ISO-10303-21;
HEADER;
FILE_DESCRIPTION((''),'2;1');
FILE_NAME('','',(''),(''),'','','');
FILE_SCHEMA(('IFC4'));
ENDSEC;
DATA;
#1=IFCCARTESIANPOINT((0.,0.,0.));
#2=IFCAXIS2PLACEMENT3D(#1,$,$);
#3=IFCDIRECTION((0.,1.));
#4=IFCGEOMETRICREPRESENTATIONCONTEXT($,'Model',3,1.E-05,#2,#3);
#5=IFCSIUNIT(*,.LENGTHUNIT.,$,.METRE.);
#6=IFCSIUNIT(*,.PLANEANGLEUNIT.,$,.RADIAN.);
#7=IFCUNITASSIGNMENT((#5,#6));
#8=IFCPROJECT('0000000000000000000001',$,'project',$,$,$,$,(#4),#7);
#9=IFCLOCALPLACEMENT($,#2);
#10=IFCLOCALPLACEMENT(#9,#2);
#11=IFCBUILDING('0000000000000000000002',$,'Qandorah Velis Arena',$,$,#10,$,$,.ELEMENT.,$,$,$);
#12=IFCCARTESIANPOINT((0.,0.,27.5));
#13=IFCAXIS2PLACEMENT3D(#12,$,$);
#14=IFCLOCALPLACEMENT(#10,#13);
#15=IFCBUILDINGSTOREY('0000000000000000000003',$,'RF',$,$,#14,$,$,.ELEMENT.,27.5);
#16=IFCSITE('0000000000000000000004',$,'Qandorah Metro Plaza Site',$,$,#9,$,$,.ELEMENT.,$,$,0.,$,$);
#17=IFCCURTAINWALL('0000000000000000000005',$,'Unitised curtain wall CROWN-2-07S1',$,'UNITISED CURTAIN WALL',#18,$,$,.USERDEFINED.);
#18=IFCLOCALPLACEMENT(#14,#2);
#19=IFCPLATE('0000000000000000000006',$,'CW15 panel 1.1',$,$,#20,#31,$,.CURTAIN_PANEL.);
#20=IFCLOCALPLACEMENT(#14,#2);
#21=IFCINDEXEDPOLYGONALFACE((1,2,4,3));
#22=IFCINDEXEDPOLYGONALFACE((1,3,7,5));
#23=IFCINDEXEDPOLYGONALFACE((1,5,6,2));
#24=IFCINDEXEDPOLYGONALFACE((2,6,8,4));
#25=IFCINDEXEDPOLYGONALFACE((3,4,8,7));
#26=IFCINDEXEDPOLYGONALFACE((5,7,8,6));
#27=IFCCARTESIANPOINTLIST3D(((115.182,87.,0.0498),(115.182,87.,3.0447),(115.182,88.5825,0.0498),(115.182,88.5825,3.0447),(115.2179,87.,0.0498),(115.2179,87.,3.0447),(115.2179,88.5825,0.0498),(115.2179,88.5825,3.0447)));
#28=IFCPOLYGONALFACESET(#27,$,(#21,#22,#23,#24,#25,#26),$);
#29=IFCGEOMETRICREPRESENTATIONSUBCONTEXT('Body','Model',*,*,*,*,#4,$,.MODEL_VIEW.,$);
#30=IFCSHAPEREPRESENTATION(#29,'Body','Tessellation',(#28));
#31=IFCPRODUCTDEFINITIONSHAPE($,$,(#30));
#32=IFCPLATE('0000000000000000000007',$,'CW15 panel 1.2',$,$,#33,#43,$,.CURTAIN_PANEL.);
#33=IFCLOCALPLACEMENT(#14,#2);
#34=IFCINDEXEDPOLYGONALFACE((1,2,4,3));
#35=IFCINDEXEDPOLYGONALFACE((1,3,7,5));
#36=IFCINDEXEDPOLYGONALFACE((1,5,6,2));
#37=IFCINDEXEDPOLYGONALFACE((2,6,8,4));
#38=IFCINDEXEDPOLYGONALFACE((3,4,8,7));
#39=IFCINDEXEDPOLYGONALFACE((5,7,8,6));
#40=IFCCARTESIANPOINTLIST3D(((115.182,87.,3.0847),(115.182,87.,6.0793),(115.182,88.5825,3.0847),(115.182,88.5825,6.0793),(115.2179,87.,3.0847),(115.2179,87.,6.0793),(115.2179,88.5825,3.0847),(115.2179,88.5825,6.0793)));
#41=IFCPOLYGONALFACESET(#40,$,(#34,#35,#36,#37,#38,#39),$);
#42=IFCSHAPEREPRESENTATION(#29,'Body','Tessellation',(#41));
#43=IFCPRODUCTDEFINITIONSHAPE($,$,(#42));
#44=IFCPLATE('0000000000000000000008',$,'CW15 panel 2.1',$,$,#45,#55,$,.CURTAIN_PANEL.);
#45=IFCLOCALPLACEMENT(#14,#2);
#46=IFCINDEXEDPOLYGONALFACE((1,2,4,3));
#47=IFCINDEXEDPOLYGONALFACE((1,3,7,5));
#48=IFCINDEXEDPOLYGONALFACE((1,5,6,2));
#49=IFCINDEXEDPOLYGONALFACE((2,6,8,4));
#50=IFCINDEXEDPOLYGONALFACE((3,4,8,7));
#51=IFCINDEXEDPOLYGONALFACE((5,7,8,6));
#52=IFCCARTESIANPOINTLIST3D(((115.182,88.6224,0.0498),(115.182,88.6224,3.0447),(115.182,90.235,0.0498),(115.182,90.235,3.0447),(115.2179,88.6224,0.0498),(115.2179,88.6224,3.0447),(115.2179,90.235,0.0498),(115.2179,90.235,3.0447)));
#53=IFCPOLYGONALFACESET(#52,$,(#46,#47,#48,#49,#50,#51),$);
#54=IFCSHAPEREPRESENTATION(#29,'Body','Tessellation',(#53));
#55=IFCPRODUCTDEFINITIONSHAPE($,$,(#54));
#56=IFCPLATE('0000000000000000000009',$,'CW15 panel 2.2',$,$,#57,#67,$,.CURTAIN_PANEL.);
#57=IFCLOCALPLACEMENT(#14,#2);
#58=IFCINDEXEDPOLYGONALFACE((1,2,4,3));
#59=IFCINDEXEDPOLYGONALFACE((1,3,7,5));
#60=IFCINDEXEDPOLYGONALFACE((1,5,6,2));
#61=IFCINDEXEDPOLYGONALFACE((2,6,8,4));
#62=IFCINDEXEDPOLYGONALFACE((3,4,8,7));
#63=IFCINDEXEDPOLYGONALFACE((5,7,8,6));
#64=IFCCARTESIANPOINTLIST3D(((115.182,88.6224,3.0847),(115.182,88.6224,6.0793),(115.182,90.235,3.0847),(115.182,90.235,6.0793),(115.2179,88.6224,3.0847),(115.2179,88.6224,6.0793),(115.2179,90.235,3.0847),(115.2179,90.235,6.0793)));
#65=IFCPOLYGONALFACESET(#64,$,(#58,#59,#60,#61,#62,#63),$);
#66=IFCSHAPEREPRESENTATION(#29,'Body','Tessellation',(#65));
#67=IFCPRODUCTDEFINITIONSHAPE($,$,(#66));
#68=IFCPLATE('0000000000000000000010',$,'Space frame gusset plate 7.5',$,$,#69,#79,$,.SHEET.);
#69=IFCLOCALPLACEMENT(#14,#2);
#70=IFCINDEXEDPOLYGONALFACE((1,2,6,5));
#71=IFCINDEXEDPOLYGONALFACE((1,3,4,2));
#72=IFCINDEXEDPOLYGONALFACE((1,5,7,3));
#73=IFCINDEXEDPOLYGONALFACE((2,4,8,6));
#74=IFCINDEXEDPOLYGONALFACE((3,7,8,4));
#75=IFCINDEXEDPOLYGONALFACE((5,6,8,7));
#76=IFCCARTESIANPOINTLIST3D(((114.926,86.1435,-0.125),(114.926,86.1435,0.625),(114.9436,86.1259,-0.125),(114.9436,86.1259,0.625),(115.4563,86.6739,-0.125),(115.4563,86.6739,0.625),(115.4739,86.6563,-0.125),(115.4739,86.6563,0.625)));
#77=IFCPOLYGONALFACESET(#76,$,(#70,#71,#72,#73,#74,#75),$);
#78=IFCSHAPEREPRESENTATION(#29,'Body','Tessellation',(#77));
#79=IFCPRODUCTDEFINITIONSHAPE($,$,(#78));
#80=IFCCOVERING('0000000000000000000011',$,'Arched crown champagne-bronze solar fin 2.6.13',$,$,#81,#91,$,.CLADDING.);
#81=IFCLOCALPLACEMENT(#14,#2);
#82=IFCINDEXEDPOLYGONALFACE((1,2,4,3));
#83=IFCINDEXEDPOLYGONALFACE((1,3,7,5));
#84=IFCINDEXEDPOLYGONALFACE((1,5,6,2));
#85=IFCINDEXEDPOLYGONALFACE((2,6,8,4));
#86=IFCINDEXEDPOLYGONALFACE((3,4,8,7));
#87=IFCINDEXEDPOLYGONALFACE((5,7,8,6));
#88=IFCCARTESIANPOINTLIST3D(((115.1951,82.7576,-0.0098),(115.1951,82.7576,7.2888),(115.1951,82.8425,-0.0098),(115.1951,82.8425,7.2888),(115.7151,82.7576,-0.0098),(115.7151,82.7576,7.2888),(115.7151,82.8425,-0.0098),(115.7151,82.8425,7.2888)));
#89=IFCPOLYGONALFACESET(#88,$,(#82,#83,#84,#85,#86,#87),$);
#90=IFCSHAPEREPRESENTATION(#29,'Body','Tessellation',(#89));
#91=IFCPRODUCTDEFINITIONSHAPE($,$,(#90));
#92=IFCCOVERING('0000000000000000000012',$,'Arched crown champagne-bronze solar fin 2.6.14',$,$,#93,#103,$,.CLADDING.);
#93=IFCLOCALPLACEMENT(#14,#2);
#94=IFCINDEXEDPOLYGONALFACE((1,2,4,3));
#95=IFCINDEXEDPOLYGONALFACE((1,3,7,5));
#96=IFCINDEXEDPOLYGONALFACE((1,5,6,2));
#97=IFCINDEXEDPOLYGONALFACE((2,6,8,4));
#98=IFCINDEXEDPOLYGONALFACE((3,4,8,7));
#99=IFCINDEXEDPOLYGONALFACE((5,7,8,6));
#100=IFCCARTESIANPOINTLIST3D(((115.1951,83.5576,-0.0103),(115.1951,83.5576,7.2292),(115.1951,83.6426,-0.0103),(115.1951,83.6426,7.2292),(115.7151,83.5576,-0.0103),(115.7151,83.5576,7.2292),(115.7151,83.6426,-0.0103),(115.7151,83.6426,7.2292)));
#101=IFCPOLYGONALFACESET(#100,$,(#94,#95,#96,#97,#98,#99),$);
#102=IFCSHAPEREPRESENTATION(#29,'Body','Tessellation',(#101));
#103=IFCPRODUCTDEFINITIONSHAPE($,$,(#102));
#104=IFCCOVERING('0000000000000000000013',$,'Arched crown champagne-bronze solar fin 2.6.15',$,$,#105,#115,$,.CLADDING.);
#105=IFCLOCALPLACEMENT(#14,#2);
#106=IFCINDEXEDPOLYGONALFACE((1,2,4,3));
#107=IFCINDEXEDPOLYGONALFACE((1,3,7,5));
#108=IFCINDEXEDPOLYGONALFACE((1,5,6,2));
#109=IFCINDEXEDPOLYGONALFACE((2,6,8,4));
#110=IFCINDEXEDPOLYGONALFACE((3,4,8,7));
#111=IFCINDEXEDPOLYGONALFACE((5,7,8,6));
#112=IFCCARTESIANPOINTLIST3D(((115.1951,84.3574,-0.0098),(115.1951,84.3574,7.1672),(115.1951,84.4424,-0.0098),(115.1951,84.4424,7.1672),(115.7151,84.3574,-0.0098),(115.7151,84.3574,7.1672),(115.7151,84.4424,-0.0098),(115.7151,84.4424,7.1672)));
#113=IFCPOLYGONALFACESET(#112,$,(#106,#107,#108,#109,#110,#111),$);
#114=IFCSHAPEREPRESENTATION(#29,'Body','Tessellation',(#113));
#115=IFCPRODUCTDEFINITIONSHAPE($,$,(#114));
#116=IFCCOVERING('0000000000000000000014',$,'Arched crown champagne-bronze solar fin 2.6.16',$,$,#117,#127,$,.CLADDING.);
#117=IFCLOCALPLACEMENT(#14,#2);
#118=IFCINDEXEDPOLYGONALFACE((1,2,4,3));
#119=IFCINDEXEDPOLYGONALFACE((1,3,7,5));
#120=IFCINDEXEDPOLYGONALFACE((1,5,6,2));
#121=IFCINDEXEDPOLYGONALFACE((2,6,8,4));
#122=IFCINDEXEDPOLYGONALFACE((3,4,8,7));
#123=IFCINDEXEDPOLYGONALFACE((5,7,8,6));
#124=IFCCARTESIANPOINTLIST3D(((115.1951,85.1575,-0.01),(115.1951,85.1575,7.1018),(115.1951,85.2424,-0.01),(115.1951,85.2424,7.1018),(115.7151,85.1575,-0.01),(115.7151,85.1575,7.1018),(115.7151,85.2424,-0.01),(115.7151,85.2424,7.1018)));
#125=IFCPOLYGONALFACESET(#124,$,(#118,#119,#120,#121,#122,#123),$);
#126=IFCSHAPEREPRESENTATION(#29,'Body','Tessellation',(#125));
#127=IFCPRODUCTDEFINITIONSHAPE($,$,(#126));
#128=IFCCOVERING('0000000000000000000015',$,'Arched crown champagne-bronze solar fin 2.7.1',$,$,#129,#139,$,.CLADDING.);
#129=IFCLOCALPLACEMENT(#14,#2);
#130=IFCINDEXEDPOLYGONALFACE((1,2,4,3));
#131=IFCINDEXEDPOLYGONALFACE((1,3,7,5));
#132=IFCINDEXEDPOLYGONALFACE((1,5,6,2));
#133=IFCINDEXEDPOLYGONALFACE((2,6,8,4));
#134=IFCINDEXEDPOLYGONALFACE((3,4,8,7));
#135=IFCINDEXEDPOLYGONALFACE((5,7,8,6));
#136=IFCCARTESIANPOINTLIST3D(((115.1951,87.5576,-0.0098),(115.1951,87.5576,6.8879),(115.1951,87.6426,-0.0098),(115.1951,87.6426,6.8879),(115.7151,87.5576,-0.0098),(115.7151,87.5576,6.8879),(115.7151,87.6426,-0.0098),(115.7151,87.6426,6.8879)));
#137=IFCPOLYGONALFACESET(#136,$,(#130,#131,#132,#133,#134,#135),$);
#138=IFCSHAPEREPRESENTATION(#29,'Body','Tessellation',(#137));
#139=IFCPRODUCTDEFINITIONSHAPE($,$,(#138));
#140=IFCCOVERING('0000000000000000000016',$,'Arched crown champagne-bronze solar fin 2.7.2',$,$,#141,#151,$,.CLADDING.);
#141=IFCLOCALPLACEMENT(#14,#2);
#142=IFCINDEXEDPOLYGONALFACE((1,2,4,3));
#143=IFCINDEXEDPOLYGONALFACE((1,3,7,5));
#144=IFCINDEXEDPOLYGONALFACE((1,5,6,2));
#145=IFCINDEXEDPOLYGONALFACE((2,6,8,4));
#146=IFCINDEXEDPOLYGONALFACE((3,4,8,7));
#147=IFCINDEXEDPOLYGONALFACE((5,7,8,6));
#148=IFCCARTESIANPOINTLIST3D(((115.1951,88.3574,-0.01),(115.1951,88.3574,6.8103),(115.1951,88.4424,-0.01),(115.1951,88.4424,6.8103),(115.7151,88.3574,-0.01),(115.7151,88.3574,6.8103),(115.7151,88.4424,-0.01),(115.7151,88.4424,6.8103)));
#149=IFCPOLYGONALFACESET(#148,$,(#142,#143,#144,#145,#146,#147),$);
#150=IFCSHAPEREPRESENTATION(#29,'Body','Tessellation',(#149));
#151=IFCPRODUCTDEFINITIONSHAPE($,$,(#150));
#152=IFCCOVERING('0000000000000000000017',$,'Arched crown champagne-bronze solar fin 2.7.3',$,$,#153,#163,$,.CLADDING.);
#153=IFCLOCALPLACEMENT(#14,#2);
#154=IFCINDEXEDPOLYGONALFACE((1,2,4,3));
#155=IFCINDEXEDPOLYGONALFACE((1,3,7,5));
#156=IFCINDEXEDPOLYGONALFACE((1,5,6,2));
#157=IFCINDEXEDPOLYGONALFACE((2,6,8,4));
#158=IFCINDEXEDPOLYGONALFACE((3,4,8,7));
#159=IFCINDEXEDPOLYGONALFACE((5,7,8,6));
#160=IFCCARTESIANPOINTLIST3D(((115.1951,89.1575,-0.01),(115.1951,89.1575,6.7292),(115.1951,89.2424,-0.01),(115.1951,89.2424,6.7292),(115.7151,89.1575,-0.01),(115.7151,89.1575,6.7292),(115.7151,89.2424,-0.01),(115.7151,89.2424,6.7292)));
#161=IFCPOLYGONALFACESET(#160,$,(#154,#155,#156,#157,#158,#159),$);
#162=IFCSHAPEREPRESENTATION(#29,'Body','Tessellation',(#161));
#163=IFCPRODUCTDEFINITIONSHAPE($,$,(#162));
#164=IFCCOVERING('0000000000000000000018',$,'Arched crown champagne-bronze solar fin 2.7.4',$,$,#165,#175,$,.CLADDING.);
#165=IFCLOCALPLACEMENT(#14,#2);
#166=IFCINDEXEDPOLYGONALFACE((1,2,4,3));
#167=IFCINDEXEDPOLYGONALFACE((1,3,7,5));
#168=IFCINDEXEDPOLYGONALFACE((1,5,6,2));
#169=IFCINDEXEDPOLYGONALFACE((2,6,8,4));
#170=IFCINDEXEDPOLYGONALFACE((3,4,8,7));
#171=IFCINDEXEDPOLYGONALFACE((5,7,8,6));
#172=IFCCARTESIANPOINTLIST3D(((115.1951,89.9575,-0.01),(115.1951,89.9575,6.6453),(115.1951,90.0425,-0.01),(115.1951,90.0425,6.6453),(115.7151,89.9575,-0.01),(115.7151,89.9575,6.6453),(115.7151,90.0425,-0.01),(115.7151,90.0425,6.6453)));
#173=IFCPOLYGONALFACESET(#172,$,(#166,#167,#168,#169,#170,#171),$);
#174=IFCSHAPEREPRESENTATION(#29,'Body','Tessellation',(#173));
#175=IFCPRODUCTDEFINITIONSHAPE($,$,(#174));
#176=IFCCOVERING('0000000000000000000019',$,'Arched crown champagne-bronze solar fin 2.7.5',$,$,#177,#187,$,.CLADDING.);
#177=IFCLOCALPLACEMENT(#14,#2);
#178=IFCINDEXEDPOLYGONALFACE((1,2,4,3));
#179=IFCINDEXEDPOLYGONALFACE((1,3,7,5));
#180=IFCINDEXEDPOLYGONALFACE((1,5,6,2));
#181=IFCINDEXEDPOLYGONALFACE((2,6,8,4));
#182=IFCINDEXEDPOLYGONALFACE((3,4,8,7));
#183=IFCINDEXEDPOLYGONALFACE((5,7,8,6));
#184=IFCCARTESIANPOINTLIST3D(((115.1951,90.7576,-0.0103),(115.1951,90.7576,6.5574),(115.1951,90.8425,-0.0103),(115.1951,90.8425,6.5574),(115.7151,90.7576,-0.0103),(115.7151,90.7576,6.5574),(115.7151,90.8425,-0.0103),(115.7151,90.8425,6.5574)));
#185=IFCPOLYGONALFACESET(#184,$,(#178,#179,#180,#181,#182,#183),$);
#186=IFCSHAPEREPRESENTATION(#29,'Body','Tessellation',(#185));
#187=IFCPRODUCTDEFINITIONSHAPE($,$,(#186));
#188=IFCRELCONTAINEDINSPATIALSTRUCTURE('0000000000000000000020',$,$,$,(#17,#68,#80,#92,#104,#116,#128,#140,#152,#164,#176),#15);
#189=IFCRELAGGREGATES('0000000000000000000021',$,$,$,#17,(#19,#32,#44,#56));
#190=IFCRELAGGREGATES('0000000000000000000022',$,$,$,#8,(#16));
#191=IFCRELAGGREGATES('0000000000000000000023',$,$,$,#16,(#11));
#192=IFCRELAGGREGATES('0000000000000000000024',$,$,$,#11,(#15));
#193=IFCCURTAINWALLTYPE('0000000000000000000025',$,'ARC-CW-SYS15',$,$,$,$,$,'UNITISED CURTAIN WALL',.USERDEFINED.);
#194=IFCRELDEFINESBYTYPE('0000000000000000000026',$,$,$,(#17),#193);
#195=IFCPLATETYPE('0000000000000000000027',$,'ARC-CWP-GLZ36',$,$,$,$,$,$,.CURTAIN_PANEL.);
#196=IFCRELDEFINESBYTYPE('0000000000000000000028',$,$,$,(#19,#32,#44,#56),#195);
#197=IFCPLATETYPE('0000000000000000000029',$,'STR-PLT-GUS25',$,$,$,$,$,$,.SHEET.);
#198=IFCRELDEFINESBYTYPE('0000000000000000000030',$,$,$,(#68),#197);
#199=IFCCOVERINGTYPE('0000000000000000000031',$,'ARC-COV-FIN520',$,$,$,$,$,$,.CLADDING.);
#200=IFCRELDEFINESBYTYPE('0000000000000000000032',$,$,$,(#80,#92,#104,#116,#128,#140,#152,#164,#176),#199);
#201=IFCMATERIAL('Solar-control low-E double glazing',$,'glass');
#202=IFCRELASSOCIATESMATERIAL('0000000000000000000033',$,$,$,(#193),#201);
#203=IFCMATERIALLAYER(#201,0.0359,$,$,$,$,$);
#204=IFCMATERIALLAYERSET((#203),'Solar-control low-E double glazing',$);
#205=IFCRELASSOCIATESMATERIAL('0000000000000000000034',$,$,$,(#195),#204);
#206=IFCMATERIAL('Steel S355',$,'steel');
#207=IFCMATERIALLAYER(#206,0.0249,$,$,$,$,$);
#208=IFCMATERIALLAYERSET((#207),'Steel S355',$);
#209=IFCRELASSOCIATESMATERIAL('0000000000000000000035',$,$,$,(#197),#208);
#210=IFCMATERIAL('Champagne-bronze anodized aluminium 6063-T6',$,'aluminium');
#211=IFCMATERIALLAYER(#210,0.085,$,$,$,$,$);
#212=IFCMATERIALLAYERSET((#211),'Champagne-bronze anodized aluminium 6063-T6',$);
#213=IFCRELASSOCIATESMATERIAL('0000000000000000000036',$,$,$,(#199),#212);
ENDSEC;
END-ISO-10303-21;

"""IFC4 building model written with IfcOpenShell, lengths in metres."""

from ifc_helpers import new_model, si_unit, direction, frame, origin, origin_2d, place, context, subcontext, project, spatial, rectangle, extrude, material, layer, layer_set, type_object, element, aggregate, save


model = new_model("IFC4")

# Units and contexts
model_context = context("Model", 3, precision=1e-05, world=origin(), true_north=direction((0.0, 1.0)))
body_context = subcontext(model_context, "Body", "Model", "MODEL_VIEW")
ifc_project = project(units=[si_unit("LENGTHUNIT", "METRE"), si_unit("PLANEANGLEUNIT", "RADIAN")], contexts=[model_context])

# Site, building, storey
site_placement = place(None, origin())
site = spatial("IfcSite", under=ifc_project, at=site_placement, Name="Qandorah Metro Plaza Site", CompositionType="ELEMENT", RefElevation=0.0)
building_placement = place(site_placement, origin())
building = spatial("IfcBuilding", under=site, at=building_placement, Name="Qandorah Velis Arena", CompositionType="ELEMENT")
storey_placement = place(building_placement, frame((0.0, 0.0, 27.5)))
storey = spatial("IfcBuildingStorey", under=building, at=storey_placement, Name="RF", CompositionType="ELEMENT", Elevation=27.5)

# Shared definitions
ifc_material_1 = material(Name="Solar-control low-E double glazing", Category="glass")
curtain_wall_type = type_object("IfcCurtainWallType", Name="ARC-CW-SYS15", ElementType="UNITISED CURTAIN WALL", PredefinedType="USERDEFINED", material=ifc_material_1)
ifc_material_2 = material(Name="Champagne-bronze anodized aluminium 6063-T6", Category="aluminium")

# Curtain wall
curtain_wall_1_placement = place(storey_placement, origin())
curtain_wall_1 = element("IfcCurtainWall", 1, at=curtain_wall_1_placement, inside=storey, type_object=curtain_wall_type, Name="Unitised curtain wall CROWN-2-07S1", ObjectType="UNITISED CURTAIN WALL", PredefinedType="USERDEFINED")

# Shared definitions
ifc_material_3 = material(Name="Steel S355", Category="steel")

# Plates
ifc_layer_1 = layer(ifc_material_1, 0.0359)
ifc_layer_set_1 = layer_set([ifc_layer_1], Name="Solar-control low-E double glazing")
plate_type_1 = type_object("IfcPlateType", Name="ARC-CWP-GLZ36", PredefinedType="CURTAIN_PANEL", material=ifc_layer_set_1)
plate_1_placement = place(storey_placement, frame((115.2, 87.7913, 0.0498), z_axis=(0.0, 0.0, 1.0), x_axis=(0.0, 1.0, 0.0)))
plate_1 = element("IfcPlate", 2, at=plate_1_placement, type_object=plate_type_1, Name="CW15 panel 1.1", PredefinedType="CURTAIN_PANEL", context=body_context, shape_type="SweptSolid", body=[
    extrude(rectangle(XDim=1.5825, YDim=0.0359, at=origin_2d()), origin(), (0.0, 0.0, 1.0), 2.9949),
])
plate_2_placement = place(storey_placement, frame((115.2, 87.7913, 3.0847), z_axis=(0.0, 0.0, 1.0), x_axis=(0.0, 1.0, 0.0)))
plate_2 = element("IfcPlate", 3, at=plate_2_placement, type_object=plate_type_1, Name="CW15 panel 1.2", PredefinedType="CURTAIN_PANEL", context=body_context, shape_type="SweptSolid", body=[
    extrude(rectangle(XDim=1.5825, YDim=0.0359, at=origin_2d()), origin(), (0.0, 0.0, 1.0), 2.9946),
])
plate_3_placement = place(storey_placement, frame((115.2, 89.4287, 0.0498), z_axis=(0.0, 0.0, 1.0), x_axis=(0.0, 1.0, 0.0)))
plate_3 = element("IfcPlate", 4, at=plate_3_placement, type_object=plate_type_1, Name="CW15 panel 2.1", PredefinedType="CURTAIN_PANEL", context=body_context, shape_type="SweptSolid", body=[
    extrude(rectangle(XDim=1.6125, YDim=0.0359, at=origin_2d()), origin(), (0.0, 0.0, 1.0), 2.9949),
])
plate_4_placement = place(storey_placement, frame((115.2, 89.4287, 3.0847), z_axis=(0.0, 0.0, 1.0), x_axis=(0.0, 1.0, 0.0)))
plate_4 = element("IfcPlate", 5, at=plate_4_placement, type_object=plate_type_1, Name="CW15 panel 2.2", PredefinedType="CURTAIN_PANEL", context=body_context, shape_type="SweptSolid", body=[
    extrude(rectangle(XDim=1.6125, YDim=0.0359, at=origin_2d()), origin(), (0.0, 0.0, 1.0), 2.9946),
])
aggregate(curtain_wall_1, [plate_1, plate_2, plate_3, plate_4])
ifc_layer_2 = layer(ifc_material_3, 0.0249)
ifc_layer_set_2 = layer_set([ifc_layer_2], Name="Steel S355")
plate_type_2 = type_object("IfcPlateType", Name="STR-PLT-GUS25", PredefinedType="SHEET", material=ifc_layer_set_2)
plate_5_placement = place(storey_placement, frame((115.2, 86.3999, -0.125), z_axis=(0.0, 0.0, 1.0), x_axis=(0.707107, 0.707107, 0.0)))
element("IfcPlate", 6, at=plate_5_placement, inside=storey, type_object=plate_type_2, Name="Space frame gusset plate 7.5", PredefinedType="SHEET", context=body_context, shape_type="SweptSolid", body=[
    extrude(rectangle(XDim=0.75, YDim=0.0249, at=origin_2d()), origin(), (0.0, 0.0, 1.0), 0.75),
])

# Coverings
ifc_layer_3 = layer(ifc_material_2, 0.085)
ifc_layer_set_3 = layer_set([ifc_layer_3], Name="Champagne-bronze anodized aluminium 6063-T6")
covering_type_1 = type_object("IfcCoveringType", Name="ARC-COV-FIN520", PredefinedType="CLADDING", material=ifc_layer_set_3)
covering_1_placement = place(storey_placement, frame((115.4551, 82.8, -0.0098), z_axis=(0.0, 0.0, 1.0), x_axis=(1.0, 0.0, 0.0)))
element("IfcCovering", 7, at=covering_1_placement, inside=storey, type_object=covering_type_1, Name="Arched crown champagne-bronze solar fin 2.6.13", PredefinedType="CLADDING", context=body_context, shape_type="SweptSolid", body=[
    extrude(rectangle(XDim=0.52, YDim=0.085, at=origin_2d()), origin(), (0.0, 0.0, 1.0), 7.2986),
])
covering_2_placement = place(storey_placement, frame((115.4551, 83.6001, -0.0103), z_axis=(0.0, 0.0, 1.0), x_axis=(1.0, 0.0, 0.0)))
element("IfcCovering", 8, at=covering_2_placement, inside=storey, type_object=covering_type_1, Name="Arched crown champagne-bronze solar fin 2.6.14", PredefinedType="CLADDING", context=body_context, shape_type="SweptSolid", body=[
    extrude(rectangle(XDim=0.52, YDim=0.085, at=origin_2d()), origin(), (0.0, 0.0, 1.0), 7.2395),
])
covering_3_placement = place(storey_placement, frame((115.4551, 84.3999, -0.0098), z_axis=(0.0, 0.0, 1.0), x_axis=(1.0, 0.0, 0.0)))
element("IfcCovering", 9, at=covering_3_placement, inside=storey, type_object=covering_type_1, Name="Arched crown champagne-bronze solar fin 2.6.15", PredefinedType="CLADDING", context=body_context, shape_type="SweptSolid", body=[
    extrude(rectangle(XDim=0.52, YDim=0.085, at=origin_2d()), origin(), (0.0, 0.0, 1.0), 7.177),
])
covering_4_placement = place(storey_placement, frame((115.4551, 85.2, -0.01), z_axis=(0.0, 0.0, 1.0), x_axis=(1.0, 0.0, 0.0)))
element("IfcCovering", 10, at=covering_4_placement, inside=storey, type_object=covering_type_1, Name="Arched crown champagne-bronze solar fin 2.6.16", PredefinedType="CLADDING", context=body_context, shape_type="SweptSolid", body=[
    extrude(rectangle(XDim=0.52, YDim=0.085, at=origin_2d()), origin(), (0.0, 0.0, 1.0), 7.1118),
])
covering_5_placement = place(storey_placement, frame((115.4551, 87.6001, -0.0098), z_axis=(0.0, 0.0, 1.0), x_axis=(1.0, 0.0, 0.0)))
element("IfcCovering", 11, at=covering_5_placement, inside=storey, type_object=covering_type_1, Name="Arched crown champagne-bronze solar fin 2.7.1", PredefinedType="CLADDING", context=body_context, shape_type="SweptSolid", body=[
    extrude(rectangle(XDim=0.52, YDim=0.085, at=origin_2d()), origin(), (0.0, 0.0, 1.0), 6.8977),
])
covering_6_placement = place(storey_placement, frame((115.4551, 88.3999, -0.01), z_axis=(0.0, 0.0, 1.0), x_axis=(1.0, 0.0, 0.0)))
element("IfcCovering", 12, at=covering_6_placement, inside=storey, type_object=covering_type_1, Name="Arched crown champagne-bronze solar fin 2.7.2", PredefinedType="CLADDING", context=body_context, shape_type="SweptSolid", body=[
    extrude(rectangle(XDim=0.52, YDim=0.085, at=origin_2d()), origin(), (0.0, 0.0, 1.0), 6.8203),
])
covering_7_placement = place(storey_placement, frame((115.4551, 89.2, -0.01), z_axis=(0.0, 0.0, 1.0), x_axis=(1.0, 0.0, 0.0)))
element("IfcCovering", 13, at=covering_7_placement, inside=storey, type_object=covering_type_1, Name="Arched crown champagne-bronze solar fin 2.7.3", PredefinedType="CLADDING", context=body_context, shape_type="SweptSolid", body=[
    extrude(rectangle(XDim=0.52, YDim=0.085, at=origin_2d()), origin(), (0.0, 0.0, 1.0), 6.7393),
])
covering_8_placement = place(storey_placement, frame((115.4551, 90.0, -0.01), z_axis=(0.0, 0.0, 1.0), x_axis=(1.0, 0.0, 0.0)))
element("IfcCovering", 14, at=covering_8_placement, inside=storey, type_object=covering_type_1, Name="Arched crown champagne-bronze solar fin 2.7.4", PredefinedType="CLADDING", context=body_context, shape_type="SweptSolid", body=[
    extrude(rectangle(XDim=0.52, YDim=0.085, at=origin_2d()), origin(), (0.0, 0.0, 1.0), 6.6553),
])
covering_9_placement = place(storey_placement, frame((115.4551, 90.8, -0.0103), z_axis=(0.0, 0.0, 1.0), x_axis=(1.0, 0.0, 0.0)))
element("IfcCovering", 15, at=covering_9_placement, inside=storey, type_object=covering_type_1, Name="Arched crown champagne-bronze solar fin 2.7.5", PredefinedType="CLADDING", context=body_context, shape_type="SweptSolid", body=[
    extrude(rectangle(XDim=0.52, YDim=0.085, at=origin_2d()), origin(), (0.0, 0.0, 1.0), 6.5676),
])

save(model, "model.ifc")
